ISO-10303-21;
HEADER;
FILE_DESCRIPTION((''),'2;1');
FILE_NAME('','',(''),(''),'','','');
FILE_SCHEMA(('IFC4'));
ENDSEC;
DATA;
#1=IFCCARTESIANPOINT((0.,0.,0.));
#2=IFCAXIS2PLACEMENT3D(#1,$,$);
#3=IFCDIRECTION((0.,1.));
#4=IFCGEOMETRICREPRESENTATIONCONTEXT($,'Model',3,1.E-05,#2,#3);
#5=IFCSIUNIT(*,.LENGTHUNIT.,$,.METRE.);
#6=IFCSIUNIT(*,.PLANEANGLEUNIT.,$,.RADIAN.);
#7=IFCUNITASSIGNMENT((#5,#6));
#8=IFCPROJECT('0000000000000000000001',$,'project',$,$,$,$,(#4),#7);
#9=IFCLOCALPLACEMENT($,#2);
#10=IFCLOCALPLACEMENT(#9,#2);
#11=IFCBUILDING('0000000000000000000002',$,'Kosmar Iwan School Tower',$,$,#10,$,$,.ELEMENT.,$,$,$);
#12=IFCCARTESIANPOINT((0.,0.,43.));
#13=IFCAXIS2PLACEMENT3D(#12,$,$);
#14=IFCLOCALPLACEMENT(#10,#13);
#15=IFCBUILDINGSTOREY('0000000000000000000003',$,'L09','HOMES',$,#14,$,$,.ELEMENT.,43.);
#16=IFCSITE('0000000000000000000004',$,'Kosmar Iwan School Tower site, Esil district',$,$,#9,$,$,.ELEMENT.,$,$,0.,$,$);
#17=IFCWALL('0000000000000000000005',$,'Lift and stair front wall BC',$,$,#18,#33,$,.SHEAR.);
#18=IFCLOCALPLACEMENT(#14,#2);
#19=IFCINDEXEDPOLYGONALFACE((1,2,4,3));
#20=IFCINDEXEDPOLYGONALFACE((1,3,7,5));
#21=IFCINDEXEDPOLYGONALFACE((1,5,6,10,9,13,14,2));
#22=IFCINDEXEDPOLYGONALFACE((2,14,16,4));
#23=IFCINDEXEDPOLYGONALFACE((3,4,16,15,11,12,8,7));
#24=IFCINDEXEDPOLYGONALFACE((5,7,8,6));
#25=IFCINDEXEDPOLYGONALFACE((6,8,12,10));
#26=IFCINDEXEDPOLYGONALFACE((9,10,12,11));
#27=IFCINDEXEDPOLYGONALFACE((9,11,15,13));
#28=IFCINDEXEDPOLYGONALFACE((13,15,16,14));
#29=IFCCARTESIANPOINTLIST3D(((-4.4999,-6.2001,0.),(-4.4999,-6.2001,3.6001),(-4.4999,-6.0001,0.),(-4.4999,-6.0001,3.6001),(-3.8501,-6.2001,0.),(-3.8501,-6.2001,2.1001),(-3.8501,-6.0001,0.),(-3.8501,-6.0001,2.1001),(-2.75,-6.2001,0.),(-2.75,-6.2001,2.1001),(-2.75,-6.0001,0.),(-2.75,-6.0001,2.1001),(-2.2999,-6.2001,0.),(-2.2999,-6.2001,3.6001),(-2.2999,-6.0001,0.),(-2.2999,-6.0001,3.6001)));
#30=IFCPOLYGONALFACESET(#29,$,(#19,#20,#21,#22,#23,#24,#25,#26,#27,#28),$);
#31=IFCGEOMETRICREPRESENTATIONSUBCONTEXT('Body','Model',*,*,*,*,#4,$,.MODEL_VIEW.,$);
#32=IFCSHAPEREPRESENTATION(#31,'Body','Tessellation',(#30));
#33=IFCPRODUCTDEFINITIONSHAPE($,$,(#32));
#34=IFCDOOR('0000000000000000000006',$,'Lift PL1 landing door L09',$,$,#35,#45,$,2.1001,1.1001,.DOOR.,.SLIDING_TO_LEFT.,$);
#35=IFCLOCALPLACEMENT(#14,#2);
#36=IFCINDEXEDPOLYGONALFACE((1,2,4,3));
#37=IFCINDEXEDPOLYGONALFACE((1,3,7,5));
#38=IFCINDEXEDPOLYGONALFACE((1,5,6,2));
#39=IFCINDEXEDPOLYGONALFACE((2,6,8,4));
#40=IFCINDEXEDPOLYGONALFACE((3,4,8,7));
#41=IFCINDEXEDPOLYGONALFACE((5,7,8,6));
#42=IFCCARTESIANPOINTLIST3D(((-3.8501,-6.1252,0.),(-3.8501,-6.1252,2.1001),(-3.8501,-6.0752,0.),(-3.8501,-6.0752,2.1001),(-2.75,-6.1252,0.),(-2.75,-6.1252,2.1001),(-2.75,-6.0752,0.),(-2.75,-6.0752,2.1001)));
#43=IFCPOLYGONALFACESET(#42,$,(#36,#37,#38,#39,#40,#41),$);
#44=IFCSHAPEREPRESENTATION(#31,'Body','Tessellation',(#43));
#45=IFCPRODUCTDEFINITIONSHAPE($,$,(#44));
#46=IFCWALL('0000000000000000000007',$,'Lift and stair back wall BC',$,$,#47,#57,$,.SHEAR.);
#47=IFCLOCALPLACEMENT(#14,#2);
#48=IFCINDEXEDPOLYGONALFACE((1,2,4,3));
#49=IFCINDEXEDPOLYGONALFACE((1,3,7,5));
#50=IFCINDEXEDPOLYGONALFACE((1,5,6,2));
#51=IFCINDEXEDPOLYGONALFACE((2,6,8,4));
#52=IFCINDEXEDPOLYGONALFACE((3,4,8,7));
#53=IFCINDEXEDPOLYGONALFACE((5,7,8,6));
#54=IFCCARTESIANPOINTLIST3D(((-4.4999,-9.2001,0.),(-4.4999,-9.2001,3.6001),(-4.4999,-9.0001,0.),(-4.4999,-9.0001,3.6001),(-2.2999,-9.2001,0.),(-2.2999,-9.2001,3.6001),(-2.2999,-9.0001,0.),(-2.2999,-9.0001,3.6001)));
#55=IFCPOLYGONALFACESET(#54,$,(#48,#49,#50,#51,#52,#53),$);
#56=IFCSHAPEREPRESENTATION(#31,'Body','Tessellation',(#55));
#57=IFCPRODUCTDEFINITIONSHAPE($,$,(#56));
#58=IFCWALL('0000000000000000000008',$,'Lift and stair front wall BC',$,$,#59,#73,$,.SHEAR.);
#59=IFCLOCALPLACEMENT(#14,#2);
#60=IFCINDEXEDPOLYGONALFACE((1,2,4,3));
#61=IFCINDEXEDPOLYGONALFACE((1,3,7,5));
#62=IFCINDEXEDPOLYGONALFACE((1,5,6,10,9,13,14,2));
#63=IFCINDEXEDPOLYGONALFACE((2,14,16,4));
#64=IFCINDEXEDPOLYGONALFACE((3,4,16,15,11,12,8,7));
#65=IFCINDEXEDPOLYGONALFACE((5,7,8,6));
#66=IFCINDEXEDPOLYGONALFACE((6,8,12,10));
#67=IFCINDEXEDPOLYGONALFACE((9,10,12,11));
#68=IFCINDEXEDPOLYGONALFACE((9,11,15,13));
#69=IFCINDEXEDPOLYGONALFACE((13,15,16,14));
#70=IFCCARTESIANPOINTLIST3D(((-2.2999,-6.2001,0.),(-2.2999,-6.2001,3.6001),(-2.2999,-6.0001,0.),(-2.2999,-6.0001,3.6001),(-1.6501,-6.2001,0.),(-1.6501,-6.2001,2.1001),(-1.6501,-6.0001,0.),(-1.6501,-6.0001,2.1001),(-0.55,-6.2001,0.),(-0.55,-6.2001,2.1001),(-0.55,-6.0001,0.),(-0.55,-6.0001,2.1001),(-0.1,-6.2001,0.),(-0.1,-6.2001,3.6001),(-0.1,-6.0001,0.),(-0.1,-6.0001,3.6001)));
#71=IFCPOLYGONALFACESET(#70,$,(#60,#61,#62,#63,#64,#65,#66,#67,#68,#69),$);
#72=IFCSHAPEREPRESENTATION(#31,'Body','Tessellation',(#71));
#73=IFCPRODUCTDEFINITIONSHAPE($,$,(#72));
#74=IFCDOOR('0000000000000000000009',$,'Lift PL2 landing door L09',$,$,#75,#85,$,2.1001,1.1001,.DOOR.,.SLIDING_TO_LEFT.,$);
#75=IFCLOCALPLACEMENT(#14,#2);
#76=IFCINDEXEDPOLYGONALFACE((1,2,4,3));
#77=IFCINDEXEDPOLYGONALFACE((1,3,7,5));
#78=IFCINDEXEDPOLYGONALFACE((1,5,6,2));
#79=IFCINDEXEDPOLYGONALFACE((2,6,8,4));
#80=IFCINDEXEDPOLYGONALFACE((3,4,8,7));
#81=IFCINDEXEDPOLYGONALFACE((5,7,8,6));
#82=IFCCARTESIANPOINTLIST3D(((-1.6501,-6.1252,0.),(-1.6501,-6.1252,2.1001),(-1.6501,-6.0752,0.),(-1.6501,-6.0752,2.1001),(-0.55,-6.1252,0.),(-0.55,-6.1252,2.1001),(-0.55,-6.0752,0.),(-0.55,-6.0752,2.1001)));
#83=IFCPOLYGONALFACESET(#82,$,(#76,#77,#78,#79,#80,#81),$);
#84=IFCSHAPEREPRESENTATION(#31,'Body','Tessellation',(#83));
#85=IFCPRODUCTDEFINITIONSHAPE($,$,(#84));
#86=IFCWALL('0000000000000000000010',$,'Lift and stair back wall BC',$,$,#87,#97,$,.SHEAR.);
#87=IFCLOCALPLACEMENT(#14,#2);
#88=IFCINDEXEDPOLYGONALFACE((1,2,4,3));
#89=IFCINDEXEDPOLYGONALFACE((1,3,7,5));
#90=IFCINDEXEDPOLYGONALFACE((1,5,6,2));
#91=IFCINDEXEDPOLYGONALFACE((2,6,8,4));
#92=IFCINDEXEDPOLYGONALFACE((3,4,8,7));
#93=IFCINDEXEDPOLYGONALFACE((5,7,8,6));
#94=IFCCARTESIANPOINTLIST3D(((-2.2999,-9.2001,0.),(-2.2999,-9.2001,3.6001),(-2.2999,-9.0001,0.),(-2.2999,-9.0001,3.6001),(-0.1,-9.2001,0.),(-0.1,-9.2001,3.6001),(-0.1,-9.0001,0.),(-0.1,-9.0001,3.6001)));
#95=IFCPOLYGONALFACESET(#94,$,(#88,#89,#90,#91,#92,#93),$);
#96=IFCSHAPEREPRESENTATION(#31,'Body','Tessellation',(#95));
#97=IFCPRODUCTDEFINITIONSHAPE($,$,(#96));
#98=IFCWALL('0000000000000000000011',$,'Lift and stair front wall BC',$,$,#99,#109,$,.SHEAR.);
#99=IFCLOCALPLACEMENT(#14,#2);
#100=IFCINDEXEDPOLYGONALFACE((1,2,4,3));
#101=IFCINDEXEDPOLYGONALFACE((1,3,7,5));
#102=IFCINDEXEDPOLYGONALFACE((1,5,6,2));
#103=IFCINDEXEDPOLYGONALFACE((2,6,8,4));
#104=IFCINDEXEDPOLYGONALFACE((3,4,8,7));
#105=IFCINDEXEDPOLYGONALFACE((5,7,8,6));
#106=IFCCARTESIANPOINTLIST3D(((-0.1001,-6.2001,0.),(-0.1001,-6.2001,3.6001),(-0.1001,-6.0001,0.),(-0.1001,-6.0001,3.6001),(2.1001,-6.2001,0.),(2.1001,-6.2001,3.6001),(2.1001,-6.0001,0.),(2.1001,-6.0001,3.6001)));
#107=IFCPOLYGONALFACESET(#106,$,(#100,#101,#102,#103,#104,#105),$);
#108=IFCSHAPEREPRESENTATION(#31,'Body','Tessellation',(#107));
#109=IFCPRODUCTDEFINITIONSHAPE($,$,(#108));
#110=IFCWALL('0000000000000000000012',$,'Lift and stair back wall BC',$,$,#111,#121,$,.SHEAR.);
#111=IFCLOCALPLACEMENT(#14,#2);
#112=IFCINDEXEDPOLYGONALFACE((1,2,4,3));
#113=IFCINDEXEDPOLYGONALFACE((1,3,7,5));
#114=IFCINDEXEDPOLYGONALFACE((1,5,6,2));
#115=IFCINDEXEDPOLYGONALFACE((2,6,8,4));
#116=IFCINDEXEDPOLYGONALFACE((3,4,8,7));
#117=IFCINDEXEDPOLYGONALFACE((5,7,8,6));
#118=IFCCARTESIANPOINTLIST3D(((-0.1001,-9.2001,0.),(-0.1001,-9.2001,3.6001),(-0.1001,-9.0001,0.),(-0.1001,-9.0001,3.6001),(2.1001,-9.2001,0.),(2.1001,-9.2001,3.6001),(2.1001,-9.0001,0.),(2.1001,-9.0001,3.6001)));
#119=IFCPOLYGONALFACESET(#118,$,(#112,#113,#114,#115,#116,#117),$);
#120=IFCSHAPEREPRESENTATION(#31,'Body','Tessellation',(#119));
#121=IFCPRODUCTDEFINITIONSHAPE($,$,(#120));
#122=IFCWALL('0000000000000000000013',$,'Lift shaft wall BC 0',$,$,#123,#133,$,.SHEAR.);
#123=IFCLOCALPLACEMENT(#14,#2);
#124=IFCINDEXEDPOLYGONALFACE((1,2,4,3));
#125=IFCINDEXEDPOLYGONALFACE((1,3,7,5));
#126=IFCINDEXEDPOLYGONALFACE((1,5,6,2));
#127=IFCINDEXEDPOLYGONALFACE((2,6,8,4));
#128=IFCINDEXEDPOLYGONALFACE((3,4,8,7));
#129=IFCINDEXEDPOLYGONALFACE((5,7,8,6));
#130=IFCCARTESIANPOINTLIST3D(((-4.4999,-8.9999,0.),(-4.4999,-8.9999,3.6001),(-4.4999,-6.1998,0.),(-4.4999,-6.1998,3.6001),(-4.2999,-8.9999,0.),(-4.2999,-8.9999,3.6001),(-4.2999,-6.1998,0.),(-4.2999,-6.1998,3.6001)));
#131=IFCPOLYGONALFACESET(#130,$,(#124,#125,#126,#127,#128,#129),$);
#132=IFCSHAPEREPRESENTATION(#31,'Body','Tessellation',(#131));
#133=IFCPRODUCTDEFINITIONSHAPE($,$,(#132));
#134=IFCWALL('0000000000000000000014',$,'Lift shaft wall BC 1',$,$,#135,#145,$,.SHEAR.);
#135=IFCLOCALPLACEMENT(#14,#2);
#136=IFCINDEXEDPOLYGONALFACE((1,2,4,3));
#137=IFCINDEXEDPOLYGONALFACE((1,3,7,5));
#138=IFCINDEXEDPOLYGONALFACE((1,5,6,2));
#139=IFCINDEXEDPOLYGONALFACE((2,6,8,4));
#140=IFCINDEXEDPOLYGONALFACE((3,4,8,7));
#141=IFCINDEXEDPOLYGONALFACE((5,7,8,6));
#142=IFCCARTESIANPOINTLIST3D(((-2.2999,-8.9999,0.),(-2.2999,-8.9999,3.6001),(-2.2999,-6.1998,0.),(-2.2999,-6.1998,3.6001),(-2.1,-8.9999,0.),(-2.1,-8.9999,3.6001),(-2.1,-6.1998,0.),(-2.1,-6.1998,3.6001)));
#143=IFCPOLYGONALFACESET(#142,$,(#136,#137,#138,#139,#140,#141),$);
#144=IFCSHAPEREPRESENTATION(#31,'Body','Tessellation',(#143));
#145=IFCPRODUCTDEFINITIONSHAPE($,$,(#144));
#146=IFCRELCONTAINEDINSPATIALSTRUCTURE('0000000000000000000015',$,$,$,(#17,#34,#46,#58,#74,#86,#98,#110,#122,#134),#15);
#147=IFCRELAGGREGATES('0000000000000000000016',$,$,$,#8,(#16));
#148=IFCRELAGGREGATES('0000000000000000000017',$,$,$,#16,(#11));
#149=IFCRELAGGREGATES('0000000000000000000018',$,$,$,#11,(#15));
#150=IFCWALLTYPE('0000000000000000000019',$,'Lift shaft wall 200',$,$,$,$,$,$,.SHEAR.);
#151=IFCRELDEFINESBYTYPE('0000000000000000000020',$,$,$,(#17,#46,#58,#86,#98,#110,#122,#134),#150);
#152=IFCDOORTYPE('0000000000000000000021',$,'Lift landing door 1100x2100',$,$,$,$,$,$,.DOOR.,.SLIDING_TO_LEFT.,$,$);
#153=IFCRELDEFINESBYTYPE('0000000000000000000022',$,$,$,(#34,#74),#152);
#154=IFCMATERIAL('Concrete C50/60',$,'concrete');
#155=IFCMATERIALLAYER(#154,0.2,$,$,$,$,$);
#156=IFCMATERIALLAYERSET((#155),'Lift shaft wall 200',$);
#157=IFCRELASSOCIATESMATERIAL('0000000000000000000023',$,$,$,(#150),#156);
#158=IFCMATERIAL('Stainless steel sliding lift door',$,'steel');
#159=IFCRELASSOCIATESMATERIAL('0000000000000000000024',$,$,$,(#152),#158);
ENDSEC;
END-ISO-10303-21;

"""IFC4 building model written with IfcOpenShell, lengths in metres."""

from ifc_helpers import new_model, si_unit, direction, frame, frame_2d, origin, place, context, subcontext, project, spatial, rectangle, extrude, material, layer, layer_set, type_object, element, fill, save


model = new_model("IFC4")

# Units and contexts
model_context = context("Model", 3, precision=1e-05, world=origin(), true_north=direction((0.0, 1.0)))
body_context = subcontext(model_context, "Body", "Model", "MODEL_VIEW")
ifc_project = project(units=[si_unit("LENGTHUNIT", "METRE"), si_unit("PLANEANGLEUNIT", "RADIAN")], contexts=[model_context])

# Site, building, storey
site_placement = place(None, origin())
site = spatial("IfcSite", under=ifc_project, at=site_placement, Name="Kosmar Iwan School Tower site, Esil district", CompositionType="ELEMENT", RefElevation=0.0)
building_placement = place(site_placement, origin())
building = spatial("IfcBuilding", under=site, at=building_placement, Name="Kosmar Iwan School Tower", CompositionType="ELEMENT")
storey_placement = place(building_placement, frame((0.0, 0.0, 43.0)))
storey = spatial("IfcBuildingStorey", under=building, at=storey_placement, Name="L09", Description="HOMES", CompositionType="ELEMENT", Elevation=43.0)

# Wall, opening, door
ifc_material_1 = material(Name="Concrete C50/60", Category="concrete")
ifc_layer_1 = layer(ifc_material_1, 0.2)
ifc_layer_set_1 = layer_set([ifc_layer_1], Name="Lift shaft wall 200")
wall_type_1 = type_object("IfcWallType", Name="Lift shaft wall 200", PredefinedType="SHEAR", material=ifc_layer_set_1)
wall_1_placement = place(storey_placement, frame((-4.5, -6.1001, 0.0), z_axis=(0.0, 0.0, 1.0), x_axis=(1.0, 0.0, 0.0)))
wall_1 = element("IfcWall", 1, at=wall_1_placement, inside=storey, type_object=wall_type_1, Name="Lift and stair front wall BC", PredefinedType="SHEAR", context=body_context, shape_type="SweptSolid", body=[
    extrude(rectangle(XDim=2.2, YDim=0.2, at=frame_2d((1.1001, 0.0))), origin(), (0.0, 0.0, 1.0), 3.6001),
])
opening_1_placement = place(wall_1_placement, frame((0.6499, 0.0, 0.0)))
opening_1 = element("IfcOpeningElement", 2, at=opening_1_placement, cuts=wall_1, PredefinedType="OPENING", context=body_context, shape_type="SweptSolid", body=[
    extrude(rectangle(XDim=1.1001, YDim=2.1001, at=frame_2d((0.55, 1.05))), frame((0.0, 0.1121, 0.0), z_axis=(0.0, -1.0, 0.0), x_axis=(1.0, 0.0, 0.0)), (0.0, 0.0, 1.0), 0.2239),
])
ifc_material_2 = material(Name="Stainless steel sliding lift door", Category="steel")
door_type_1 = type_object("IfcDoorType", Name="Lift landing door 1100x2100", OperationType="SLIDING_TO_LEFT", PredefinedType="DOOR", material=ifc_material_2)
door_1_placement = place(opening_1_placement, origin())
door_1 = element("IfcDoor", 3, at=door_1_placement, inside=storey, type_object=door_type_1, Name="Lift PL1 landing door L09", OperationType="SLIDING_TO_LEFT", OverallHeight=2.1001, OverallWidth=1.1001, PredefinedType="DOOR", context=body_context, shape_type="SweptSolid", body=[
    extrude(rectangle(XDim=1.1001, YDim=2.1001, at=frame_2d((0.55, 1.05))), frame((0.0, 0.0249, 0.0), z_axis=(0.0, -1.0, 0.0), x_axis=(1.0, 0.0, 0.0)), (0.0, 0.0, 1.0), 0.05),
])
fill(opening_1, door_1)

# Wall
wall_2_placement = place(storey_placement, frame((-4.5, -9.1001, 0.0), z_axis=(0.0, 0.0, 1.0), x_axis=(1.0, 0.0, 0.0)))
element("IfcWall", 4, at=wall_2_placement, inside=storey, type_object=wall_type_1, Name="Lift and stair back wall BC", PredefinedType="SHEAR", context=body_context, shape_type="SweptSolid", body=[
    extrude(rectangle(XDim=2.2, YDim=0.2, at=frame_2d((1.1001, 0.0))), origin(), (0.0, 0.0, 1.0), 3.6001),
])

# Wall, opening, door
wall_3_placement = place(storey_placement, frame((-2.3, -6.1001, 0.0), z_axis=(0.0, 0.0, 1.0), x_axis=(1.0, 0.0, 0.0)))
wall_3 = element("IfcWall", 5, at=wall_3_placement, inside=storey, type_object=wall_type_1, Name="Lift and stair front wall BC", PredefinedType="SHEAR", context=body_context, shape_type="SweptSolid", body=[
    extrude(rectangle(XDim=2.2, YDim=0.2, at=frame_2d((1.1001, 0.0))), origin(), (0.0, 0.0, 1.0), 3.6001),
])
opening_2_placement = place(wall_3_placement, frame((0.6499, 0.0, 0.0)))
opening_2 = element("IfcOpeningElement", 6, at=opening_2_placement, cuts=wall_3, PredefinedType="OPENING", context=body_context, shape_type="SweptSolid", body=[
    extrude(rectangle(XDim=1.1001, YDim=2.1001, at=frame_2d((0.55, 1.05))), frame((0.0, 0.1121, 0.0), z_axis=(0.0, -1.0, 0.0), x_axis=(1.0, 0.0, 0.0)), (0.0, 0.0, 1.0), 0.2239),
])
door_2_placement = place(opening_2_placement, origin())
door_2 = element("IfcDoor", 7, at=door_2_placement, inside=storey, type_object=door_type_1, Name="Lift PL2 landing door L09", OperationType="SLIDING_TO_LEFT", OverallHeight=2.1001, OverallWidth=1.1001, PredefinedType="DOOR", context=body_context, shape_type="SweptSolid", body=[
    extrude(rectangle(XDim=1.1001, YDim=2.1001, at=frame_2d((0.55, 1.05))), frame((0.0, 0.0249, 0.0), z_axis=(0.0, -1.0, 0.0), x_axis=(1.0, 0.0, 0.0)), (0.0, 0.0, 1.0), 0.05),
])
fill(opening_2, door_2)

# Walls
wall_4_placement = place(storey_placement, frame((-2.3, -9.1001, 0.0), z_axis=(0.0, 0.0, 1.0), x_axis=(1.0, 0.0, 0.0)))
element("IfcWall", 8, at=wall_4_placement, inside=storey, type_object=wall_type_1, Name="Lift and stair back wall BC", PredefinedType="SHEAR", context=body_context, shape_type="SweptSolid", body=[
    extrude(rectangle(XDim=2.2, YDim=0.2, at=frame_2d((1.1001, 0.0))), origin(), (0.0, 0.0, 1.0), 3.6001),
])
for number, where, z_axis, x_axis, name in (
    (9, (-0.1001, -6.1001, 0.0), (0.0, 0.0, 1.0), (1.0, 0.0, 0.0), "Lift and stair front wall BC"),
    (10, (-0.1001, -9.1001, 0.0), (0.0, 0.0, 1.0), (1.0, 0.0, 0.0), "Lift and stair back wall BC"),
):
    element("IfcWall", number, at=place(storey_placement, frame(where, z_axis=z_axis, x_axis=x_axis)), inside=storey, type_object=wall_type_1, Name=name, PredefinedType="SHEAR", context=body_context, shape_type="SweptSolid", body=[
        extrude(rectangle(XDim=2.2002, YDim=0.2, at=frame_2d((1.1001, 0.0))), origin(), (0.0, 0.0, 1.0), 3.6001),
    ])
for number, where, z_axis, x_axis, name in (
    (11, (-4.3999, -6.2, 0.0), (0.0, 0.0, 1.0), (0.0, -1.0, 0.0), "Lift shaft wall BC 0"),
    (12, (-2.2, -6.2, 0.0), (0.0, 0.0, 1.0), (0.0, -1.0, 0.0), "Lift shaft wall BC 1"),
):
    element("IfcWall", number, at=place(storey_placement, frame(where, z_axis=z_axis, x_axis=x_axis)), inside=storey, type_object=wall_type_1, Name=name, PredefinedType="SHEAR", context=body_context, shape_type="SweptSolid", body=[
        extrude(rectangle(XDim=2.8, YDim=0.2, at=frame_2d((1.3999, 0.0))), origin(), (0.0, 0.0, 1.0), 3.6001),
    ])

save(model, "model.ifc")
